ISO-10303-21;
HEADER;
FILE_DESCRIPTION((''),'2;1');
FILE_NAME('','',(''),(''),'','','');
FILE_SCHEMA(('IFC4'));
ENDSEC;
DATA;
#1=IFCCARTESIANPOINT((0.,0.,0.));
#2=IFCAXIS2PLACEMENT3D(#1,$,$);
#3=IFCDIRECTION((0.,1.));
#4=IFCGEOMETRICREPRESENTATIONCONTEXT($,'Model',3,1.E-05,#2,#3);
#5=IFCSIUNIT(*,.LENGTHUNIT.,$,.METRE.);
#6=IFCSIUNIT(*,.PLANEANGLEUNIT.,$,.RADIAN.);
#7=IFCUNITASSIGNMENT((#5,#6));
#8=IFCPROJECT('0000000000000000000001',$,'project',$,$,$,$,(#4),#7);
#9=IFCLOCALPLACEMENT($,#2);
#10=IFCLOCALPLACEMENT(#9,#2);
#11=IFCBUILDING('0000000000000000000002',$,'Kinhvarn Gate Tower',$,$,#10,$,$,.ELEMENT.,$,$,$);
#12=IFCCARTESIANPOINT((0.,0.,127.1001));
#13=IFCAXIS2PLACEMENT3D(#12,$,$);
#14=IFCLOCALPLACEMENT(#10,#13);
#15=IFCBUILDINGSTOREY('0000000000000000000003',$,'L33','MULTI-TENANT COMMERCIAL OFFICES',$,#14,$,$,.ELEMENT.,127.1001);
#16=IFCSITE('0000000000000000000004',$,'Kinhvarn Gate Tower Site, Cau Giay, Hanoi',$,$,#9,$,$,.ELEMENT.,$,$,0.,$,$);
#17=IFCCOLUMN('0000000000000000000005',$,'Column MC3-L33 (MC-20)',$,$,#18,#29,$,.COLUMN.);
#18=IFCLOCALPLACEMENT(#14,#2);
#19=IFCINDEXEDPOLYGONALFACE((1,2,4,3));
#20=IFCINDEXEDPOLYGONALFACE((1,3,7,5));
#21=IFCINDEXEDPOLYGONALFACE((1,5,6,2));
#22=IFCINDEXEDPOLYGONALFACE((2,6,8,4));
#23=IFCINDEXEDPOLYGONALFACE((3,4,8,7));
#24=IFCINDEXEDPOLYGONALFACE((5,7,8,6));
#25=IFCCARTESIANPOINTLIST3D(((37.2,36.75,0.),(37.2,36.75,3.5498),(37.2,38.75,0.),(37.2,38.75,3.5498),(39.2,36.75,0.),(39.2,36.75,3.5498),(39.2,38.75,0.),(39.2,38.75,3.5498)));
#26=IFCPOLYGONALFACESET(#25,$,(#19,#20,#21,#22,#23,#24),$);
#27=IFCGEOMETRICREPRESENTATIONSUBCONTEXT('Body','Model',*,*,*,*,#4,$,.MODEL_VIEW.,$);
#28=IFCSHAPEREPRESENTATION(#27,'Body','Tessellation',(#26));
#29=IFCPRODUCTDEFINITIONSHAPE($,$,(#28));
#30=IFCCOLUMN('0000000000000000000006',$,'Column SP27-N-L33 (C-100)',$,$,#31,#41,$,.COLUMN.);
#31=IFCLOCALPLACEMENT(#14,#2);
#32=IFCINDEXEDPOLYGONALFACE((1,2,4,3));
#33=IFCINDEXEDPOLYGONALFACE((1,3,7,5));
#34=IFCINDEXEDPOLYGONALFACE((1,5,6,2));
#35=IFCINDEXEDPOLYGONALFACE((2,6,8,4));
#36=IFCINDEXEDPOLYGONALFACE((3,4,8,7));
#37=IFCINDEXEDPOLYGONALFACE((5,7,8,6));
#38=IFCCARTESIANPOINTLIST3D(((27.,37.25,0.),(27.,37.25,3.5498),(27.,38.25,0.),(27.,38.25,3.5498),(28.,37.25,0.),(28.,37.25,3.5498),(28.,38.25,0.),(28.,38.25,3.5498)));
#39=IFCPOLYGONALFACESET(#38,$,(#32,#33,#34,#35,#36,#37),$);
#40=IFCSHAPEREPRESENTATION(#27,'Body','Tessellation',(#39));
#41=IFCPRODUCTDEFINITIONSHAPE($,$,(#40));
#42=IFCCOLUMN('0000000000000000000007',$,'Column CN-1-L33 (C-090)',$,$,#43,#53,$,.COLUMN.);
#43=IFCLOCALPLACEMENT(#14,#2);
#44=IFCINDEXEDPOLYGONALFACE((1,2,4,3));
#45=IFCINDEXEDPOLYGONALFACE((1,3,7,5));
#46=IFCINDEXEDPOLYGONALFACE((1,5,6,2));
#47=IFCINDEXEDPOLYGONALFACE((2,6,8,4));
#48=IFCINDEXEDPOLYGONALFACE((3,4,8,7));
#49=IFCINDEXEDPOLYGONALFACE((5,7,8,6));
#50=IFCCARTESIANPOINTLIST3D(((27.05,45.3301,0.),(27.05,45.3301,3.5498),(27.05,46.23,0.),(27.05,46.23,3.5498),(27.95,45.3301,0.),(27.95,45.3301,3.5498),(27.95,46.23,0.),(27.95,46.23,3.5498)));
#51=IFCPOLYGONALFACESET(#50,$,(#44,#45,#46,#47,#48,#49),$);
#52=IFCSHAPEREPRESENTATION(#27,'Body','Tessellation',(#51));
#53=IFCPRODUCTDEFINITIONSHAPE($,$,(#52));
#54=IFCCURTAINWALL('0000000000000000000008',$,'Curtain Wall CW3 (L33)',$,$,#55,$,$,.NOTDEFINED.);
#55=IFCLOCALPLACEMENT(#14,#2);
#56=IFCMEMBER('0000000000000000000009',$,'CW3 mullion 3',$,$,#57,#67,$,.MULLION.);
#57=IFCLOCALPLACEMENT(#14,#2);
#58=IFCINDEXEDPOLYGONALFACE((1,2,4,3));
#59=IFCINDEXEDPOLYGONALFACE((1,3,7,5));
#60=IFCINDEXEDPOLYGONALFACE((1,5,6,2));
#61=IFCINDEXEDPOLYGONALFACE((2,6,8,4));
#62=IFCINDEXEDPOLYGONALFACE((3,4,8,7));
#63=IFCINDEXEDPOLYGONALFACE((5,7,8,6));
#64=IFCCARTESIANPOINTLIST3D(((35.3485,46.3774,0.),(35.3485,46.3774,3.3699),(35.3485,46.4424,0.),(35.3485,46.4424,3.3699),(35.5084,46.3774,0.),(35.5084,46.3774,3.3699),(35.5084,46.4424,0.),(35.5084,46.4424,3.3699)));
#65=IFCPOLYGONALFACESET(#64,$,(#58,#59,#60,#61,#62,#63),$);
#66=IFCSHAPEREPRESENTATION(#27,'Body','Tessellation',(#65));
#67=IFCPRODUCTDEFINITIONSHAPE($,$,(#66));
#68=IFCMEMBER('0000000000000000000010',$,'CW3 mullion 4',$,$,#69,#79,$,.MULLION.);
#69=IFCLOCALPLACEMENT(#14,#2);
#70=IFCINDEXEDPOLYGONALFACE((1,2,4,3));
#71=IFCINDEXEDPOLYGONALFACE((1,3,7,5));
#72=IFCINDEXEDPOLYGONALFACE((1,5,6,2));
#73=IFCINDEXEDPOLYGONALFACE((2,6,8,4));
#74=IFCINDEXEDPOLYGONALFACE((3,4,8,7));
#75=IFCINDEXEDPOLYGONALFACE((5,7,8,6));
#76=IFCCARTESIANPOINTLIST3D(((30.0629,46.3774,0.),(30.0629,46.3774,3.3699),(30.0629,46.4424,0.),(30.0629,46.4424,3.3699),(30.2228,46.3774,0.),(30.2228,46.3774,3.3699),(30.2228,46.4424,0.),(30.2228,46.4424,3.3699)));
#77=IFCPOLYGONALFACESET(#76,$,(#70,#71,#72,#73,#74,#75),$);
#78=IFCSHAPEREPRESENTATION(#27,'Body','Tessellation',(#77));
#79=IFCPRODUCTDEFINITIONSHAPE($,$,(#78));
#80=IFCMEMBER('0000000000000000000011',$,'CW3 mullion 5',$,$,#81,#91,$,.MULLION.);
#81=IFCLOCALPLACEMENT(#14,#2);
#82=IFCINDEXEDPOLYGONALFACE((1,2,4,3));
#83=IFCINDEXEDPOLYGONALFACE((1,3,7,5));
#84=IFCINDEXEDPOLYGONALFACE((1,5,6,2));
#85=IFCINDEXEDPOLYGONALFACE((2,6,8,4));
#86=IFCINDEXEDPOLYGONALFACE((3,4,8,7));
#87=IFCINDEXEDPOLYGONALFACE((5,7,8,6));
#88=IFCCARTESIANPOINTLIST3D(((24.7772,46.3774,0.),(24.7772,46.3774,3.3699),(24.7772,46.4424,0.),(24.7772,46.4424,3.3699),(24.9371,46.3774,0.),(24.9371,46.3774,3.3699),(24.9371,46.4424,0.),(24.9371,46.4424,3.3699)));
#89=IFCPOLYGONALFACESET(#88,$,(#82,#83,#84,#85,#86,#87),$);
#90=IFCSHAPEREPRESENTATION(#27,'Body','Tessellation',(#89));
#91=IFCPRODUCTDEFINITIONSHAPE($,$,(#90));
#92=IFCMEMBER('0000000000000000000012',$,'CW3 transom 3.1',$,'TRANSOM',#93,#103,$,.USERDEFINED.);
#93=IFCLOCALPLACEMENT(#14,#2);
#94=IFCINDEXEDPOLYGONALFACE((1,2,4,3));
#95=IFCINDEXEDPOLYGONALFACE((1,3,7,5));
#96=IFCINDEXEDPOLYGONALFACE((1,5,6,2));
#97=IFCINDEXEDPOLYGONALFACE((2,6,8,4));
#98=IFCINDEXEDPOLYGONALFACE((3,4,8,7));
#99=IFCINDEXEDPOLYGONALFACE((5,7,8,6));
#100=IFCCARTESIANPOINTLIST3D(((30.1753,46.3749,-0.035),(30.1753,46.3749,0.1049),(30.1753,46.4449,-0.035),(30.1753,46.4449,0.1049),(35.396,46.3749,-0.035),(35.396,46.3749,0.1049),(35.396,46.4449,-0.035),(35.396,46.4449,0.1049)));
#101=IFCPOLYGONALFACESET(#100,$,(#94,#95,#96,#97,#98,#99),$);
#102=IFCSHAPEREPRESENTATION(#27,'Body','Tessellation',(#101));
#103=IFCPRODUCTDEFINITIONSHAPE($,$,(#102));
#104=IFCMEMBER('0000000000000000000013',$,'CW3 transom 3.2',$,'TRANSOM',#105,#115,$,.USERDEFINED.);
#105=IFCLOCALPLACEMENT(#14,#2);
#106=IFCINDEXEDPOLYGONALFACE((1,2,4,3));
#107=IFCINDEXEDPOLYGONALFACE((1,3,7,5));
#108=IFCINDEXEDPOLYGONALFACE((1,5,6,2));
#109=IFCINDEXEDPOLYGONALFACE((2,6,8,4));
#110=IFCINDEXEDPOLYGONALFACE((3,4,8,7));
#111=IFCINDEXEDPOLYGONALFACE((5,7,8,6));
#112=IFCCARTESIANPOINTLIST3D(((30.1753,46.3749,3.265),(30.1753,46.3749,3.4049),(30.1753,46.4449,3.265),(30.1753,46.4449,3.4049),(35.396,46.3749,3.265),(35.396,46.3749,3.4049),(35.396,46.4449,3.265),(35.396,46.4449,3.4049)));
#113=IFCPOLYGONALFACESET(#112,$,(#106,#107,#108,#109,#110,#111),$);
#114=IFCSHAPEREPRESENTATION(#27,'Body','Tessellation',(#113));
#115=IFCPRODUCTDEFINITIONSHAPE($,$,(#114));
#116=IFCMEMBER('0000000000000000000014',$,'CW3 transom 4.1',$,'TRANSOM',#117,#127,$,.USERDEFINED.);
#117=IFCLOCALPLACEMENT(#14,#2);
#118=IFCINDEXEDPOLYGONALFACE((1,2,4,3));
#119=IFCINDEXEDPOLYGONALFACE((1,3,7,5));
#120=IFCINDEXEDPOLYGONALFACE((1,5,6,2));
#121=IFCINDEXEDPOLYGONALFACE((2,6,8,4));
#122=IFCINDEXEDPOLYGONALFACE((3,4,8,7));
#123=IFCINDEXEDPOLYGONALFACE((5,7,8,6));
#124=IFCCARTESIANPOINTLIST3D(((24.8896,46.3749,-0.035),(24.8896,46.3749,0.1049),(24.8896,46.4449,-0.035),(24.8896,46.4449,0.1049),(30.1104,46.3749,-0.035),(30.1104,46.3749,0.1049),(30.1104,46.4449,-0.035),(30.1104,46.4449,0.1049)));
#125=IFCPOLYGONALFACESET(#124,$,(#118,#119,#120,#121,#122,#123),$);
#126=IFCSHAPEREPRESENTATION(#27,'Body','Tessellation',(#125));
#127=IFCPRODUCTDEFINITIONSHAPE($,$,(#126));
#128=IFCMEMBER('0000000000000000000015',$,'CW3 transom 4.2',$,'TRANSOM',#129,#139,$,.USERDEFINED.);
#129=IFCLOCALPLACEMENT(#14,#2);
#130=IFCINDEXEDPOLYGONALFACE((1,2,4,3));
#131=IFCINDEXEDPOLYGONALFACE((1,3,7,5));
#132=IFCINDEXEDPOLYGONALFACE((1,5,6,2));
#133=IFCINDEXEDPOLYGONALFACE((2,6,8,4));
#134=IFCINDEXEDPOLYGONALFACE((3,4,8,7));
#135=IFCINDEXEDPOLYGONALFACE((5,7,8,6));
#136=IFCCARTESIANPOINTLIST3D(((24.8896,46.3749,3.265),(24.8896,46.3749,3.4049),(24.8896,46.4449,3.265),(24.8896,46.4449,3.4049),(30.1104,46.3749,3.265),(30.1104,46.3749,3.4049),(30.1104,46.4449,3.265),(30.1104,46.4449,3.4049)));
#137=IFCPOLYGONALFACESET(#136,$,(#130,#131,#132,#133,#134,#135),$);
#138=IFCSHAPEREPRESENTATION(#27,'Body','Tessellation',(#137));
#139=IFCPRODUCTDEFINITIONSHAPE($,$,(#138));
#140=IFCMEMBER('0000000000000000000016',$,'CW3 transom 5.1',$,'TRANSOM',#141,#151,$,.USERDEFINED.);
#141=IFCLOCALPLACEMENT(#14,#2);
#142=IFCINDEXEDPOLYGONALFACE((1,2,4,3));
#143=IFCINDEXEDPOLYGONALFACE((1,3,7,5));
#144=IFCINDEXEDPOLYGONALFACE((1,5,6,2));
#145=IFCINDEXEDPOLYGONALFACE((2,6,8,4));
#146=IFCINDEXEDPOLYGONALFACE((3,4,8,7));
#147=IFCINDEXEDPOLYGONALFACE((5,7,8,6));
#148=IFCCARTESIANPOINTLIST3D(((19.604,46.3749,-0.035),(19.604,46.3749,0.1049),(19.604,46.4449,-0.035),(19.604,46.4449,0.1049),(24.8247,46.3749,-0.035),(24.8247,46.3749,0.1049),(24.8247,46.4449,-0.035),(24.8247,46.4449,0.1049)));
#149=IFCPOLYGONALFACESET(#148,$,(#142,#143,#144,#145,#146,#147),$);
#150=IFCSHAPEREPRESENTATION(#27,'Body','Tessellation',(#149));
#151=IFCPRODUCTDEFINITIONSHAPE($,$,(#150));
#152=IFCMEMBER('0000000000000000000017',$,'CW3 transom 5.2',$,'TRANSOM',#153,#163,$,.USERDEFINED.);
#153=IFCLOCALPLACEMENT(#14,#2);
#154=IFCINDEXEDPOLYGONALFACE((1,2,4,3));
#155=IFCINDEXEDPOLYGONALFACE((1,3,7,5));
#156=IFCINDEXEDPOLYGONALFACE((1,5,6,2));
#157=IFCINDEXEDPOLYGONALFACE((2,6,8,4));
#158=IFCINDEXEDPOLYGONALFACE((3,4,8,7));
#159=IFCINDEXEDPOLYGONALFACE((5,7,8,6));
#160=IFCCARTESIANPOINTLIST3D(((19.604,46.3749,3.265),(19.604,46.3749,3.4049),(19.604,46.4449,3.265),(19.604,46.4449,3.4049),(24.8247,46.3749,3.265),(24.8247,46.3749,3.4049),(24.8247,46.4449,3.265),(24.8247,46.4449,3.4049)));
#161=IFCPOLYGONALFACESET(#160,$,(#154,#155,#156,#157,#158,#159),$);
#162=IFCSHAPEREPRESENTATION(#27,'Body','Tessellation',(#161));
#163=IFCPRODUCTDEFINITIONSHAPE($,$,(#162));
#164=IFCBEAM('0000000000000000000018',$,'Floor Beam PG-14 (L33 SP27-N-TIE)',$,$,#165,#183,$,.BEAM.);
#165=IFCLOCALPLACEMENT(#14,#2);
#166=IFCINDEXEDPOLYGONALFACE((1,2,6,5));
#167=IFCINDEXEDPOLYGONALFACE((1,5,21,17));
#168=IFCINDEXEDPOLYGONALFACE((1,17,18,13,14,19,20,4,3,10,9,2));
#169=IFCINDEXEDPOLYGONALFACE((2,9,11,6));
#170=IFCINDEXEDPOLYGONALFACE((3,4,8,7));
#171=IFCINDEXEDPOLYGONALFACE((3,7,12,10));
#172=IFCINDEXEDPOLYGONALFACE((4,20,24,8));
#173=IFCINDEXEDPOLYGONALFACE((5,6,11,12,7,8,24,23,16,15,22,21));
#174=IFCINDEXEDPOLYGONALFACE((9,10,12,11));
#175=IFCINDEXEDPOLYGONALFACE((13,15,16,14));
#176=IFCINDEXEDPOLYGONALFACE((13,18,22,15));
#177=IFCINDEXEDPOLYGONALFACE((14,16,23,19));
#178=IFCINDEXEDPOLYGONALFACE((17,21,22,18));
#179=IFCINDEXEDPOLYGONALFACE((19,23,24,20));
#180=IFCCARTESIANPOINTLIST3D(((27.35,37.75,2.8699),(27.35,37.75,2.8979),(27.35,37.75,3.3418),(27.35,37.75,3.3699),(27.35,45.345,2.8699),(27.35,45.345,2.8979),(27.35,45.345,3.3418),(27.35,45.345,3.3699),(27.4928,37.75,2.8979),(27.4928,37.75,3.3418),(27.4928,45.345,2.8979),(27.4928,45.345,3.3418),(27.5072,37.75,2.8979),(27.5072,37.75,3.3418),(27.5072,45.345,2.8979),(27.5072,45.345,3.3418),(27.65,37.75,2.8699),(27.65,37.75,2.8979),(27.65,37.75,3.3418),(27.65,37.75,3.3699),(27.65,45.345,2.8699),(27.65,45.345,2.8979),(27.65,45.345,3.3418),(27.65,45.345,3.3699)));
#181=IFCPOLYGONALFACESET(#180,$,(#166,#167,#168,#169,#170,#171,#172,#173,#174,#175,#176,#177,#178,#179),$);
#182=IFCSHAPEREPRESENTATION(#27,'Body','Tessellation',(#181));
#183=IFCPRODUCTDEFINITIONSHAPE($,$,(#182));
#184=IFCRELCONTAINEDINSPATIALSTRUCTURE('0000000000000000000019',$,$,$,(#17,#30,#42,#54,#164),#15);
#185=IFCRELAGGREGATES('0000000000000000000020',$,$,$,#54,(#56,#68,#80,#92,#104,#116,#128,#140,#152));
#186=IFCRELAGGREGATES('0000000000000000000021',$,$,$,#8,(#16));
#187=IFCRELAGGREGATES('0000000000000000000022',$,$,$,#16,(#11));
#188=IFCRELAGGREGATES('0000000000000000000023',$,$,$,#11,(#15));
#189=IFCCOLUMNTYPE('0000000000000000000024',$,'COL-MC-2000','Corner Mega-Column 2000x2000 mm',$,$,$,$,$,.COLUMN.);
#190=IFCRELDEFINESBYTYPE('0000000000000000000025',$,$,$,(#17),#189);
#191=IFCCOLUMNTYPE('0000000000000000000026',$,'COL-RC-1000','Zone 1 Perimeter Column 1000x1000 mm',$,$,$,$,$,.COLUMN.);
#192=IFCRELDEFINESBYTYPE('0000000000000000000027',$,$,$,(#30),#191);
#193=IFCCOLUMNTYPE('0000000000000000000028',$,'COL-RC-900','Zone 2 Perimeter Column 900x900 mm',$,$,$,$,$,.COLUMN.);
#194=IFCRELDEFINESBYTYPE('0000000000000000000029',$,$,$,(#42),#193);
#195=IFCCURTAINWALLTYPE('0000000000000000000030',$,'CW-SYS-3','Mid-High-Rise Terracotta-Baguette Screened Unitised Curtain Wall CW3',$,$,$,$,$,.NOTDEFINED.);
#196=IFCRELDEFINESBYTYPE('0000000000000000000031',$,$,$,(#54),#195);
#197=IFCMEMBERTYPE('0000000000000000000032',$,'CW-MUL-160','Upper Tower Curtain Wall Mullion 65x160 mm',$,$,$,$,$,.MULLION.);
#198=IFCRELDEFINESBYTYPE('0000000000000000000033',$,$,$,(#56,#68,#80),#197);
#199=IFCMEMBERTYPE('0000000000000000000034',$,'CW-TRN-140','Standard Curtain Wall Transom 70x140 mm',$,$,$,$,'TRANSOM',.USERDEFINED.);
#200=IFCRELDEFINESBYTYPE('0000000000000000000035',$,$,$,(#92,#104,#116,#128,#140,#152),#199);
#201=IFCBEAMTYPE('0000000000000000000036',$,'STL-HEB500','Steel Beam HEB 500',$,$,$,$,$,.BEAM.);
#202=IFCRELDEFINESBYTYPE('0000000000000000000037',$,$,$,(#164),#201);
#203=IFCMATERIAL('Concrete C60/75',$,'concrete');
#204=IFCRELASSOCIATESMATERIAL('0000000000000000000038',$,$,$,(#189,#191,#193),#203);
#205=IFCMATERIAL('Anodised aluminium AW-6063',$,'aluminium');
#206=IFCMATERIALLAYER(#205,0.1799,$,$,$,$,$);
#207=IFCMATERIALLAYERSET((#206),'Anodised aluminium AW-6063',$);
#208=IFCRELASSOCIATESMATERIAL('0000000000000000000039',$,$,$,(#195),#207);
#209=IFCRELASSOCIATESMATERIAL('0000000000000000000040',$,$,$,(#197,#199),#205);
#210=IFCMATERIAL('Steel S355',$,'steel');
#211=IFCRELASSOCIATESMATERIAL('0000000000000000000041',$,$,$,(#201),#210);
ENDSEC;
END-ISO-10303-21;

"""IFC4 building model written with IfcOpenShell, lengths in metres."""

from ifc_helpers import new_model, si_unit, direction, frame, origin, origin_2d, place, context, subcontext, project, spatial, rectangle, i_section, extrude, material, layer, layer_set, material_profile, profile_set, type_object, element, aggregate, save


model = new_model("IFC4")

# Units and contexts
model_context = context("Model", 3, precision=1e-05, world=origin(), true_north=direction((0.0, 1.0)))
body_context = subcontext(model_context, "Body", "Model", "MODEL_VIEW")
ifc_project = project(units=[si_unit("LENGTHUNIT", "METRE"), si_unit("PLANEANGLEUNIT", "RADIAN")], contexts=[model_context])

# Site, building, storey
site_placement = place(None, origin())
site = spatial("IfcSite", under=ifc_project, at=site_placement, Name="Kinhvarn Gate Tower Site, Cau Giay, Hanoi", CompositionType="ELEMENT", RefElevation=0.0)
building_placement = place(site_placement, origin())
building = spatial("IfcBuilding", under=site, at=building_placement, Name="Kinhvarn Gate Tower", CompositionType="ELEMENT")
storey_placement = place(building_placement, frame((0.0, 0.0, 127.1001)))
storey = spatial("IfcBuildingStorey", under=building, at=storey_placement, Name="L33", Description="MULTI-TENANT COMMERCIAL OFFICES", CompositionType="ELEMENT", Elevation=127.1001)

# Columns
ifc_material_1 = material(Name="Concrete C60/75", Category="concrete")
ifc_material_profile_1 = material_profile(ifc_material_1, rectangle(XDim=2.0, YDim=2.0, at=origin_2d()), Name="RC 2000x2000")
ifc_profile_set_1 = profile_set([ifc_material_profile_1], Name="Concrete C60/75")
column_type_1 = type_object("IfcColumnType", Name="COL-MC-2000", Description="Corner Mega-Column 2000x2000 mm", PredefinedType="COLUMN", material=ifc_profile_set_1)
column_1_placement = place(storey_placement, frame((38.2, 37.75, 0.0), z_axis=(0.0, 0.0, 1.0), x_axis=(1.0, 0.0, 0.0)))
element("IfcColumn", 1, at=column_1_placement, inside=storey, type_object=column_type_1, Name="Column MC3-L33 (MC-20)", PredefinedType="COLUMN", context=body_context, shape_type="SweptSolid", body=[
    extrude(rectangle(XDim=2.0, YDim=2.0, at=origin_2d()), origin(), (0.0, 0.0, 1.0), 3.5498),
])
ifc_material_profile_2 = material_profile(ifc_material_1, rectangle(XDim=1.0, YDim=1.0, at=origin_2d()), Name="RC 1000x1000")
ifc_profile_set_2 = profile_set([ifc_material_profile_2], Name="Concrete C60/75")
column_type_2 = type_object("IfcColumnType", Name="COL-RC-1000", Description="Zone 1 Perimeter Column 1000x1000 mm", PredefinedType="COLUMN", material=ifc_profile_set_2)
column_2_placement = place(storey_placement, frame((27.5, 37.75, 0.0), z_axis=(0.0, 0.0, 1.0), x_axis=(1.0, 0.0, 0.0)))
element("IfcColumn", 2, at=column_2_placement, inside=storey, type_object=column_type_2, Name="Column SP27-N-L33 (C-100)", PredefinedType="COLUMN", context=body_context, shape_type="SweptSolid", body=[
    extrude(rectangle(XDim=1.0, YDim=1.0, at=origin_2d()), origin(), (0.0, 0.0, 1.0), 3.5498),
])
ifc_material_profile_3 = material_profile(ifc_material_1, rectangle(XDim=0.8999, YDim=0.8999, at=origin_2d()), Name="RC 900x900")
ifc_profile_set_3 = profile_set([ifc_material_profile_3], Name="Concrete C60/75")
column_type_3 = type_object("IfcColumnType", Name="COL-RC-900", Description="Zone 2 Perimeter Column 900x900 mm", PredefinedType="COLUMN", material=ifc_profile_set_3)
column_3_placement = place(storey_placement, frame((27.5, 45.78, 0.0), z_axis=(0.0, 0.0, 1.0), x_axis=(1.0, 0.0, 0.0)))
element("IfcColumn", 3, at=column_3_placement, inside=storey, type_object=column_type_3, Name="Column CN-1-L33 (C-090)", PredefinedType="COLUMN", context=body_context, shape_type="SweptSolid", body=[
    extrude(rectangle(XDim=0.8999, YDim=0.8999, at=origin_2d()), origin(), (0.0, 0.0, 1.0), 3.5498),
])

# Curtain wall, members
ifc_material_2 = material(Name="Anodised aluminium AW-6063", Category="aluminium")
ifc_layer_1 = layer(ifc_material_2, 0.1799)
ifc_layer_set_1 = layer_set([ifc_layer_1], Name="Anodised aluminium AW-6063")
curtain_wall_type = type_object("IfcCurtainWallType", Name="CW-SYS-3", Description="Mid-High-Rise Terracotta-Baguette Screened Unitised Curtain Wall CW3", PredefinedType="NOTDEFINED", material=ifc_layer_set_1)
curtain_wall_placement = place(storey_placement, origin())
curtain_wall = element("IfcCurtainWall", 4, at=curtain_wall_placement, inside=storey, type_object=curtain_wall_type, Name="Curtain Wall CW3 (L33)", PredefinedType="NOTDEFINED")
ifc_material_profile_4 = material_profile(ifc_material_2, rectangle(XDim=0.0649, YDim=0.1599, at=origin_2d()), Name="ALU 65x160")
ifc_profile_set_4 = profile_set([ifc_material_profile_4], Name="Anodised aluminium AW-6063")
member_type_1 = type_object("IfcMemberType", Name="CW-MUL-160", Description="Upper Tower Curtain Wall Mullion 65x160 mm", PredefinedType="MULLION", material=ifc_profile_set_4)
member_1_placement = place(storey_placement, frame((35.4285, 46.4099, 0.0), z_axis=(0.0, 0.0, 1.0), x_axis=(0.0, -1.0, 0.0)))
member_1 = element("IfcMember", 5, at=member_1_placement, type_object=member_type_1, Name="CW3 mullion 3", PredefinedType="MULLION", context=body_context, shape_type="SweptSolid", body=[
    extrude(rectangle(XDim=0.0649, YDim=0.1599, at=origin_2d()), origin(), (0.0, 0.0, 1.0), 3.3699),
])
member_2_placement = place(storey_placement, frame((30.1428, 46.4099, 0.0), z_axis=(0.0, 0.0, 1.0), x_axis=(0.0, -1.0, 0.0)))
member_2 = element("IfcMember", 6, at=member_2_placement, type_object=member_type_1, Name="CW3 mullion 4", PredefinedType="MULLION", context=body_context, shape_type="SweptSolid", body=[
    extrude(rectangle(XDim=0.0649, YDim=0.1599, at=origin_2d()), origin(), (0.0, 0.0, 1.0), 3.3699),
])
member_3_placement = place(storey_placement, frame((24.8572, 46.4099, 0.0), z_axis=(0.0, 0.0, 1.0), x_axis=(0.0, -1.0, 0.0)))
member_3 = element("IfcMember", 7, at=member_3_placement, type_object=member_type_1, Name="CW3 mullion 5", PredefinedType="MULLION", context=body_context, shape_type="SweptSolid", body=[
    extrude(rectangle(XDim=0.0649, YDim=0.1599, at=origin_2d()), origin(), (0.0, 0.0, 1.0), 3.3699),
])
ifc_material_profile_5 = material_profile(ifc_material_2, rectangle(XDim=0.0701, YDim=0.1399, at=origin_2d()), Name="ALU 70x140")
ifc_profile_set_5 = profile_set([ifc_material_profile_5], Name="Anodised aluminium AW-6063")
member_type_2 = type_object("IfcMemberType", Name="CW-TRN-140", Description="Standard Curtain Wall Transom 70x140 mm", ElementType="TRANSOM", PredefinedType="USERDEFINED", material=ifc_profile_set_5)
member_4_placement = place(storey_placement, frame((35.396, 46.4099, 0.0349), z_axis=(-1.0, 0.0, 0.0), x_axis=(0.0, -1.0, 0.0)))
member_4 = element("IfcMember", 8, at=member_4_placement, type_object=member_type_2, Name="CW3 transom 3.1", ObjectType="TRANSOM", PredefinedType="USERDEFINED", context=body_context, shape_type="SweptSolid", body=[
    extrude(rectangle(XDim=0.0701, YDim=0.1399, at=origin_2d()), origin(), (0.0, 0.0, 1.0), 5.2207),
])
member_5_placement = place(storey_placement, frame((35.396, 46.4099, 3.335), z_axis=(-1.0, 0.0, 0.0), x_axis=(0.0, -1.0, 0.0)))
member_5 = element("IfcMember", 9, at=member_5_placement, type_object=member_type_2, Name="CW3 transom 3.2", ObjectType="TRANSOM", PredefinedType="USERDEFINED", context=body_context, shape_type="SweptSolid", body=[
    extrude(rectangle(XDim=0.0701, YDim=0.1399, at=origin_2d()), origin(), (0.0, 0.0, 1.0), 5.2207),
])
member_6_placement = place(storey_placement, frame((30.1104, 46.4099, 0.0349), z_axis=(-1.0, 0.0, 0.0), x_axis=(0.0, -1.0, 0.0)))
member_6 = element("IfcMember", 10, at=member_6_placement, type_object=member_type_2, Name="CW3 transom 4.1", ObjectType="TRANSOM", PredefinedType="USERDEFINED", context=body_context, shape_type="SweptSolid", body=[
    extrude(rectangle(XDim=0.0701, YDim=0.1399, at=origin_2d()), origin(), (0.0, 0.0, 1.0), 5.2207),
])
member_7_placement = place(storey_placement, frame((30.1104, 46.4099, 3.335), z_axis=(-1.0, 0.0, 0.0), x_axis=(0.0, -1.0, 0.0)))
member_7 = element("IfcMember", 11, at=member_7_placement, type_object=member_type_2, Name="CW3 transom 4.2", ObjectType="TRANSOM", PredefinedType="USERDEFINED", context=body_context, shape_type="SweptSolid", body=[
    extrude(rectangle(XDim=0.0701, YDim=0.1399, at=origin_2d()), origin(), (0.0, 0.0, 1.0), 5.2207),
])
member_8_placement = place(storey_placement, frame((24.8247, 46.4099, 0.0349), z_axis=(-1.0, 0.0, 0.0), x_axis=(0.0, -1.0, 0.0)))
member_8 = element("IfcMember", 12, at=member_8_placement, type_object=member_type_2, Name="CW3 transom 5.1", ObjectType="TRANSOM", PredefinedType="USERDEFINED", context=body_context, shape_type="SweptSolid", body=[
    extrude(rectangle(XDim=0.0701, YDim=0.1399, at=origin_2d()), origin(), (0.0, 0.0, 1.0), 5.2207),
])
member_9_placement = place(storey_placement, frame((24.8247, 46.4099, 3.335), z_axis=(-1.0, 0.0, 0.0), x_axis=(0.0, -1.0, 0.0)))
member_9 = element("IfcMember", 13, at=member_9_placement, type_object=member_type_2, Name="CW3 transom 5.2", ObjectType="TRANSOM", PredefinedType="USERDEFINED", context=body_context, shape_type="SweptSolid", body=[
    extrude(rectangle(XDim=0.0701, YDim=0.1399, at=origin_2d()), origin(), (0.0, 0.0, 1.0), 5.2207),
])

# Beam
ifc_material_3 = material(Name="Steel S355", Category="steel")
ifc_material_profile_6 = material_profile(ifc_material_3, i_section(OverallWidth=0.3, OverallDepth=0.5, WebThickness=0.0144, FlangeThickness=0.0281, at=origin_2d()), Name="HEB 500")
ifc_profile_set_6 = profile_set([ifc_material_profile_6], Name="Steel S355")
beam_type_1 = type_object("IfcBeamType", Name="STL-HEB500", Description="Steel Beam HEB 500", PredefinedType="BEAM", material=ifc_profile_set_6)
for number, where, z_axis, x_axis, name in (
    (14, (27.5, 37.75, 3.1199), (0.0, 1.0, 0.0), (-1.0, 0.0, 0.0), "Floor Beam PG-14 (L33 SP27-N-TIE)"),
):
    element("IfcBeam", number, at=place(storey_placement, frame(where, z_axis=z_axis, x_axis=x_axis)), inside=storey, type_object=beam_type_1, Name=name, PredefinedType="BEAM", context=body_context, shape_type="SweptSolid", body=[
        extrude(i_section(OverallWidth=0.3, OverallDepth=0.5, WebThickness=0.0144, FlangeThickness=0.0281, at=origin_2d()), origin(), (0.0, 0.0, 1.0), 7.595),
    ])

aggregate(curtain_wall, [member_1, member_2, member_3, member_4, member_5, member_6, member_7, member_8, member_9])

save(model, "model.ifc")
